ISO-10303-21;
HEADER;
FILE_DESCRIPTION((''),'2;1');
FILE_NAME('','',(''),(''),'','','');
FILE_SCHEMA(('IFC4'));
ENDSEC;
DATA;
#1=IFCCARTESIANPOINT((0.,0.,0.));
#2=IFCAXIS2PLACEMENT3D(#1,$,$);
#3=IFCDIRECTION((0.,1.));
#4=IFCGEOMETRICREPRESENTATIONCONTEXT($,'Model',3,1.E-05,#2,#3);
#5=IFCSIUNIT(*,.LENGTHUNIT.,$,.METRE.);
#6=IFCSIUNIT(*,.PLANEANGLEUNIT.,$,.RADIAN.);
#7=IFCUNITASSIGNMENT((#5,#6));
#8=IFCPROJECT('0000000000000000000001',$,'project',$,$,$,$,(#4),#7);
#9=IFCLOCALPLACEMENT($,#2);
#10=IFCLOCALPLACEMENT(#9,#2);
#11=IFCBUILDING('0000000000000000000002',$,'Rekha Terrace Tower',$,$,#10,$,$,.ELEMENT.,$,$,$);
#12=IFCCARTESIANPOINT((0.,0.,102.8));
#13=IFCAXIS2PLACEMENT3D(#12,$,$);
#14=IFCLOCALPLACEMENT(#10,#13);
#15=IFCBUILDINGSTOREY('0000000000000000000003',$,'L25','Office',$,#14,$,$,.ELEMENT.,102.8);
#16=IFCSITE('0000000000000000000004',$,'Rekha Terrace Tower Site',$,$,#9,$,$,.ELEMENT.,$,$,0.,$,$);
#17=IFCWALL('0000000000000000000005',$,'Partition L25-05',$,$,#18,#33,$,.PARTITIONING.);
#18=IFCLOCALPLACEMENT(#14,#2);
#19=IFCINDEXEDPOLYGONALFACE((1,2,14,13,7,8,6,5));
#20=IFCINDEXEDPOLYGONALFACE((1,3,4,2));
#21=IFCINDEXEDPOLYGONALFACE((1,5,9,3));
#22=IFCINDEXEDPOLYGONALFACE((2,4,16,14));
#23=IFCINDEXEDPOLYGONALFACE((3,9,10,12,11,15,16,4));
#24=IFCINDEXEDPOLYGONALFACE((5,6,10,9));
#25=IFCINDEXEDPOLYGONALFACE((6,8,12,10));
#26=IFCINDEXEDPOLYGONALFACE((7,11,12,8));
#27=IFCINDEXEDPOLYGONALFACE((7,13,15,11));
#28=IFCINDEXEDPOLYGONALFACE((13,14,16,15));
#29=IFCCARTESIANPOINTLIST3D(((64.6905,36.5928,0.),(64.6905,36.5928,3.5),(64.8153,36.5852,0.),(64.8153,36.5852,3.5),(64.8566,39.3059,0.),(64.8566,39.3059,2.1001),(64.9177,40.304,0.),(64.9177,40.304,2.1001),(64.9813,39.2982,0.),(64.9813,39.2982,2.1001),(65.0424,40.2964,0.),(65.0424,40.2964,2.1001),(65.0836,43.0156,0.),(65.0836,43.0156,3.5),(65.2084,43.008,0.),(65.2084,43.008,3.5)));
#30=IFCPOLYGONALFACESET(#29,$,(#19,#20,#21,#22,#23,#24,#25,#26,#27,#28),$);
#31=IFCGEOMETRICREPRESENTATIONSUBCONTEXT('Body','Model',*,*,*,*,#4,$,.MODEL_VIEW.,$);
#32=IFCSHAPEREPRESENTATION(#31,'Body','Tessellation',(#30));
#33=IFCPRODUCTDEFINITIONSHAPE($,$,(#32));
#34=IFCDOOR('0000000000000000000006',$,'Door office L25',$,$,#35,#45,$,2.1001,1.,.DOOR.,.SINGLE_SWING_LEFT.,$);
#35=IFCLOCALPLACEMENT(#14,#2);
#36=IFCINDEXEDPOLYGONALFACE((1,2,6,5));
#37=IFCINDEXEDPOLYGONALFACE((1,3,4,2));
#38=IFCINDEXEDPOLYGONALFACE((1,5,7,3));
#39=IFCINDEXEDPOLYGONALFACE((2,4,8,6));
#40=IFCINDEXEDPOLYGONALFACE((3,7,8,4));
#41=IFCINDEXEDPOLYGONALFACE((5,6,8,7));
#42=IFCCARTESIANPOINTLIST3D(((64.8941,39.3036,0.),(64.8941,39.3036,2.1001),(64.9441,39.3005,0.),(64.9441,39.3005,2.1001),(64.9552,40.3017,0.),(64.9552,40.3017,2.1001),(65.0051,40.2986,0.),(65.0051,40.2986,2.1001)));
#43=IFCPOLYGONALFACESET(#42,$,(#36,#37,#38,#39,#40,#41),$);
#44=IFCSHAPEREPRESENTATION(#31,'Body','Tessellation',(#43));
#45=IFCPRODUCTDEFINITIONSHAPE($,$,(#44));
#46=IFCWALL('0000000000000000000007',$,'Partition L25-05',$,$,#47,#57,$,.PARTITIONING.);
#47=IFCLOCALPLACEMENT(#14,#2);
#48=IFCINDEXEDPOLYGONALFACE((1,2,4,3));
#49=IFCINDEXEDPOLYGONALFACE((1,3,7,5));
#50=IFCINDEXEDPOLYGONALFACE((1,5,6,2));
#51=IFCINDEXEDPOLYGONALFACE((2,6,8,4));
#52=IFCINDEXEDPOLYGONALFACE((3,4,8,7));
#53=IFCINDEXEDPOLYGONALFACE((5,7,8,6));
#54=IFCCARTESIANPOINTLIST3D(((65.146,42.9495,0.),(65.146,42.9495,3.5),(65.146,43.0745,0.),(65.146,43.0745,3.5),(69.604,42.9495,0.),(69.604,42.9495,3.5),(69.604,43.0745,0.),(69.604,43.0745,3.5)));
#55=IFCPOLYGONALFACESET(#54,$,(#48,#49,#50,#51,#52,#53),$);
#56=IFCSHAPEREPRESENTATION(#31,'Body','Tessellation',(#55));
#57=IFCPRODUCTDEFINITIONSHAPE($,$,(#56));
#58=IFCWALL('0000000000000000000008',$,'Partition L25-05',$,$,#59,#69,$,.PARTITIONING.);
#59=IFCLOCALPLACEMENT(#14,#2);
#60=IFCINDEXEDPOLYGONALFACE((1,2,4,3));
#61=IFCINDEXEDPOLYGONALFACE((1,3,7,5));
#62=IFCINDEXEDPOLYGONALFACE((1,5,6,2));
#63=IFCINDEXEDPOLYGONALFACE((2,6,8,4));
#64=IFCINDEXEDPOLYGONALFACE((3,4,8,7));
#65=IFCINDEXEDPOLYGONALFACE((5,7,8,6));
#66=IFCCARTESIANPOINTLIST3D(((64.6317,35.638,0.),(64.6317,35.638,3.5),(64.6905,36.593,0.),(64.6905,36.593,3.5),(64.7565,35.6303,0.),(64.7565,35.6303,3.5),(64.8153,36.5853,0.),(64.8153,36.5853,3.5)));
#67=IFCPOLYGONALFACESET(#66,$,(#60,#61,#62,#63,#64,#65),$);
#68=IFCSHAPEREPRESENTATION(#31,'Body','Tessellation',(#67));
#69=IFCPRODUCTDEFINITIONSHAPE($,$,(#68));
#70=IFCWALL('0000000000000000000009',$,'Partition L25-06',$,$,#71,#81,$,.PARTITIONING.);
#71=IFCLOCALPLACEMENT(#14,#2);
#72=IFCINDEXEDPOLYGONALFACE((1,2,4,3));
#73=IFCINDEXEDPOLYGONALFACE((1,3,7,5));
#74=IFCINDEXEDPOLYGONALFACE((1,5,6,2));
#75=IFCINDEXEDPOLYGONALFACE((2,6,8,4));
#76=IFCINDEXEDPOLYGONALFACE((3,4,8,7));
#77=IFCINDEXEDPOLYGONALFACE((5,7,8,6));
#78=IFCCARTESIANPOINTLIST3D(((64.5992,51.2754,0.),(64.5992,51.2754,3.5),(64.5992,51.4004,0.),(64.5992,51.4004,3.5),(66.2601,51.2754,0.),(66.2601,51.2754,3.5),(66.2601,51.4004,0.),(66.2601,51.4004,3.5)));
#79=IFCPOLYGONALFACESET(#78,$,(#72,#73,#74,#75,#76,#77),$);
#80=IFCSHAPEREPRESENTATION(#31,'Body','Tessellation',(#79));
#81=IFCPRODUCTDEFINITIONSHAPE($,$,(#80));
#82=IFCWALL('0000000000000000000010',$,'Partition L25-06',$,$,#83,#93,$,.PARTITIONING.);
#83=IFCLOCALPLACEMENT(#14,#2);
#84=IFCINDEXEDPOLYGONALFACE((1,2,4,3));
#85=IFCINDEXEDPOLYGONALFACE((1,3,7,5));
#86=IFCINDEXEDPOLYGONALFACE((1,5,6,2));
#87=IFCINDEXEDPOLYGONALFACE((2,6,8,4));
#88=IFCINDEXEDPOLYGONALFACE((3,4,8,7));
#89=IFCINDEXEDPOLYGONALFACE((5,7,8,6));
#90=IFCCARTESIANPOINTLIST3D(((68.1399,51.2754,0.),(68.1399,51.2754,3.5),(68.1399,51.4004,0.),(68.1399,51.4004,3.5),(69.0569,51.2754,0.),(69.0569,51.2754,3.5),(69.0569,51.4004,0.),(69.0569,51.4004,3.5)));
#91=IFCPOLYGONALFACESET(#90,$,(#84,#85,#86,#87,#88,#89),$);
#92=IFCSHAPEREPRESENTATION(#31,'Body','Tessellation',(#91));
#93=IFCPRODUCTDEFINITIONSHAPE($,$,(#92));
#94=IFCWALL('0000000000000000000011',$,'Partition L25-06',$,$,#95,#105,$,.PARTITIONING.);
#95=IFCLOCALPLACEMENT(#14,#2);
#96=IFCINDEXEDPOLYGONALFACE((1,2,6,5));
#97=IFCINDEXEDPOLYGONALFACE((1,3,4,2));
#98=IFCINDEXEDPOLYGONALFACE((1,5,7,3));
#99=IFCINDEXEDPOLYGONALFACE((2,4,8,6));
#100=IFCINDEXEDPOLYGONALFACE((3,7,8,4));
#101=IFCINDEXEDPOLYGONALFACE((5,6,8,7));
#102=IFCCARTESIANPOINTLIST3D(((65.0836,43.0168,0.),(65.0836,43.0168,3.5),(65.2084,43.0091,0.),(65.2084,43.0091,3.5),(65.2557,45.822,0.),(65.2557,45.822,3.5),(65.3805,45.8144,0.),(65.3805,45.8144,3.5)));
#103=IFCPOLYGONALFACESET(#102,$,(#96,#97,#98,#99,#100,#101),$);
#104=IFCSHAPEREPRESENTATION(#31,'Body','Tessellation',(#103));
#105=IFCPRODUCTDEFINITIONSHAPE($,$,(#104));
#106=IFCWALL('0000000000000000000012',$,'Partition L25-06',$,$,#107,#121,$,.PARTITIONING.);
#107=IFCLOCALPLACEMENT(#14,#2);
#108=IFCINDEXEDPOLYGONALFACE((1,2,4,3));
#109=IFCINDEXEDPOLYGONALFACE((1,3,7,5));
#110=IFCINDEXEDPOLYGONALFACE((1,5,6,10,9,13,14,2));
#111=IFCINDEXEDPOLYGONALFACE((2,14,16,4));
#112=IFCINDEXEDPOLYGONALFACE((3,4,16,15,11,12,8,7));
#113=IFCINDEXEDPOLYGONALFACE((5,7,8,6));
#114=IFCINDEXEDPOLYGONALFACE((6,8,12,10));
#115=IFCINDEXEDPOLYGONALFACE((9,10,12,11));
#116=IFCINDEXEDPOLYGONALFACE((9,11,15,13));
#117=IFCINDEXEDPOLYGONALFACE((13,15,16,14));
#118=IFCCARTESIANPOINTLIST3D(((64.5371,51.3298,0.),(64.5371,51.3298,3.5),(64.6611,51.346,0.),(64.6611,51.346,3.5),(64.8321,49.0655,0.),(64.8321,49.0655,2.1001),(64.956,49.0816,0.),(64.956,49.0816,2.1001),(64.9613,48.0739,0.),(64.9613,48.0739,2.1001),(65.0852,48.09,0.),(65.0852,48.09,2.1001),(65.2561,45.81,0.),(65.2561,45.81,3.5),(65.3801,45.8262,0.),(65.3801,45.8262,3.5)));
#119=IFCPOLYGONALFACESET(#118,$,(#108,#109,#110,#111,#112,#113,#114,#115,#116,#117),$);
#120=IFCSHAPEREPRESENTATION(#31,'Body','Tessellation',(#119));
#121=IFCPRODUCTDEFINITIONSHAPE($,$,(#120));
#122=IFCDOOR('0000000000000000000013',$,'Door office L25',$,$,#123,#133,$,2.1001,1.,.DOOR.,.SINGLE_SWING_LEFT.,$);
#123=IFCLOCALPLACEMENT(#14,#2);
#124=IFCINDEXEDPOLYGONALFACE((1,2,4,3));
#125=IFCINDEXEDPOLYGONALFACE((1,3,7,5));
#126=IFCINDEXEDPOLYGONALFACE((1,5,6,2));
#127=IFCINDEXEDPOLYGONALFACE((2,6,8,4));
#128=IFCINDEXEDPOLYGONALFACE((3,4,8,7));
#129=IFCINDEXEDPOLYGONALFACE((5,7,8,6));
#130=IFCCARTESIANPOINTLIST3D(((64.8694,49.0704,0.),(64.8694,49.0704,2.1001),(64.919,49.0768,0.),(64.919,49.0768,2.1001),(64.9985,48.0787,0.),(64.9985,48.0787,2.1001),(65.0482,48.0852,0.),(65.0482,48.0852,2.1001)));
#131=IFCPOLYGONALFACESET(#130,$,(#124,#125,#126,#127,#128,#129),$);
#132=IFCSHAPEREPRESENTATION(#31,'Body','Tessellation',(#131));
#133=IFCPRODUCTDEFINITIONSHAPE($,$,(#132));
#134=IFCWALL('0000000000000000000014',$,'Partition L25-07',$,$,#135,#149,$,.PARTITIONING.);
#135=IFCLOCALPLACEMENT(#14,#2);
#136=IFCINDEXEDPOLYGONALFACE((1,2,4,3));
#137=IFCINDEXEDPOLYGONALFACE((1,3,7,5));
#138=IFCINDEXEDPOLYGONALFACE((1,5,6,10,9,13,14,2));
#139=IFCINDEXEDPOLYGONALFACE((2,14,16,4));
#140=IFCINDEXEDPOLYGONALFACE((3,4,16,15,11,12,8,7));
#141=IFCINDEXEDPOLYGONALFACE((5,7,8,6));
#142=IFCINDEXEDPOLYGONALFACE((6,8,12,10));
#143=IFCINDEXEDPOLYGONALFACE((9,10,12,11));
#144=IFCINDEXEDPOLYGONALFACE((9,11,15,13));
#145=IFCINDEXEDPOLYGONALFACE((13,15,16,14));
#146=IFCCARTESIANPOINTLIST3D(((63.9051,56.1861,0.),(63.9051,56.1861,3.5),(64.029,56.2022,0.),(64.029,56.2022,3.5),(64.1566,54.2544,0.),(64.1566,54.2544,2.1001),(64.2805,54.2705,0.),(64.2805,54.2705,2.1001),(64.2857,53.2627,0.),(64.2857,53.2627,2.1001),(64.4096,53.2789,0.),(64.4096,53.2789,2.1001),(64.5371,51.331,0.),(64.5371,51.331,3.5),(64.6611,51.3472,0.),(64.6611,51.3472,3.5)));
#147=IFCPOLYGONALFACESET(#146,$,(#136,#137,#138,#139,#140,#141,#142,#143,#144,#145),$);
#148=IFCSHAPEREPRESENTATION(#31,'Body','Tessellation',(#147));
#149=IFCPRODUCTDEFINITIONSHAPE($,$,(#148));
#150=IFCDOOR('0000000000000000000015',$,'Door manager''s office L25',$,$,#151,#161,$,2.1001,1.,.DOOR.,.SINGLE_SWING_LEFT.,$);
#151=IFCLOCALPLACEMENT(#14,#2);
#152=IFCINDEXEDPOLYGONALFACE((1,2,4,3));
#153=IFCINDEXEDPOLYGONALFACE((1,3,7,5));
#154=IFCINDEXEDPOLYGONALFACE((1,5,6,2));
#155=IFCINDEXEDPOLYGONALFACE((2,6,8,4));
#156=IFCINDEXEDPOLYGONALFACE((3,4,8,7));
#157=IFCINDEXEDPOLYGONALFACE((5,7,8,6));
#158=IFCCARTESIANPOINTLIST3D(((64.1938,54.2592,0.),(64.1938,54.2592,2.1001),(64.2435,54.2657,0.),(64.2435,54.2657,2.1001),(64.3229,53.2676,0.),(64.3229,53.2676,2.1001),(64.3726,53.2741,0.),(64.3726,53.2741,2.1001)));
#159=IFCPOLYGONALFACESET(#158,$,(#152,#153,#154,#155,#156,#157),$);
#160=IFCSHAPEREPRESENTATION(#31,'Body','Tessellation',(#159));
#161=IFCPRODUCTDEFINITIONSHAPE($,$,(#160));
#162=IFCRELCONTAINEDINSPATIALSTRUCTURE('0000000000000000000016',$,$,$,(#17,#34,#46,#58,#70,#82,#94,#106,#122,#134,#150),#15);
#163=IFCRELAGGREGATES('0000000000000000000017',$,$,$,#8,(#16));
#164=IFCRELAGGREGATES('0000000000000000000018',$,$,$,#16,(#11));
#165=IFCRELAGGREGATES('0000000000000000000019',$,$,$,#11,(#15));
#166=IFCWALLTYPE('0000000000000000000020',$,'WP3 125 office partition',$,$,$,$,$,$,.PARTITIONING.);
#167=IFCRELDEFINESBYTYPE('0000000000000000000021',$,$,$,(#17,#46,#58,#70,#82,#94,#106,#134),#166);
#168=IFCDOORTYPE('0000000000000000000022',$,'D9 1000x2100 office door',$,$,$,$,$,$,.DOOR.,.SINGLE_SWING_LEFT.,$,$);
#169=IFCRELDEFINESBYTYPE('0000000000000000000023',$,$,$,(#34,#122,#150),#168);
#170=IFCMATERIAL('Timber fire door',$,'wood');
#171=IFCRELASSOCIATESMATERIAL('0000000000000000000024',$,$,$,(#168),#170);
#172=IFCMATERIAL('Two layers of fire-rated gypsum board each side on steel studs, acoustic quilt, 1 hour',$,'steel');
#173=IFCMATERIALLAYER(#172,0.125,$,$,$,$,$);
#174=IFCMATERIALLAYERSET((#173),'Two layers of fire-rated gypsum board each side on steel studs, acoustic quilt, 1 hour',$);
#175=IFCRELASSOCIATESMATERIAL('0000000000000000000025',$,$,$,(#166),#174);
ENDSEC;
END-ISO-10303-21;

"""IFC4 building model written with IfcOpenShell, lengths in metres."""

from ifc_helpers import new_model, si_unit, direction, frame, frame_2d, origin, place, context, subcontext, project, spatial, rectangle, extrude, material, layer, layer_set, type_object, element, fill, save


model = new_model("IFC4")

# Units and contexts
model_context = context("Model", 3, precision=1e-05, world=origin(), true_north=direction((0.0, 1.0)))
body_context = subcontext(model_context, "Body", "Model", "MODEL_VIEW")
ifc_project = project(units=[si_unit("LENGTHUNIT", "METRE"), si_unit("PLANEANGLEUNIT", "RADIAN")], contexts=[model_context])

# Site, building, storey
site_placement = place(None, origin())
site = spatial("IfcSite", under=ifc_project, at=site_placement, Name="Rekha Terrace Tower Site", CompositionType="ELEMENT", RefElevation=0.0)
building_placement = place(site_placement, origin())
building = spatial("IfcBuilding", under=site, at=building_placement, Name="Rekha Terrace Tower", CompositionType="ELEMENT")
storey_placement = place(building_placement, frame((0.0, 0.0, 102.8)))
storey = spatial("IfcBuildingStorey", under=building, at=storey_placement, Name="L25", Description="Office", CompositionType="ELEMENT", Elevation=102.8)

# Wall, opening, door
ifc_material_1 = material(Name="Timber fire door", Category="wood")
door_type = type_object("IfcDoorType", Name="D9 1000x2100 office door", OperationType="SINGLE_SWING_LEFT", PredefinedType="DOOR", material=ifc_material_1)
ifc_material_2 = material(Name="Two layers of fire-rated gypsum board each side on steel studs, acoustic quilt, 1 hour", Category="steel")
ifc_layer_1 = layer(ifc_material_2, 0.125)
ifc_layer_set_1 = layer_set([ifc_layer_1], Name="Two layers of fire-rated gypsum board each side on steel studs, acoustic quilt, 1 hour")
wall_type_1 = type_object("IfcWallType", Name="WP3 125 office partition", PredefinedType="PARTITIONING", material=ifc_layer_set_1)
wall_1_placement = place(storey_placement, frame((64.7529, 36.5891, 0.0), z_axis=(0.0, 0.0, 1.0), x_axis=(0.061084, 0.998133, 0.0)))
wall_1 = element("IfcWall", 1, at=wall_1_placement, inside=storey, type_object=wall_type_1, Name="Partition L25-05", PredefinedType="PARTITIONING", context=body_context, shape_type="SweptSolid", body=[
    extrude(rectangle(XDim=6.4348, YDim=0.125, at=frame_2d((3.2173, 0.0))), origin(), (0.0, 0.0, 1.0), 3.5),
])
opening_1_placement = place(wall_1_placement, frame((2.718, 0.0, 0.0)))
opening_1 = element("IfcOpeningElement", 2, at=opening_1_placement, cuts=wall_1, PredefinedType="OPENING", context=body_context, shape_type="SweptSolid", body=[
    extrude(rectangle(XDim=1.0, YDim=2.1001, at=frame_2d((0.5, 1.05))), frame((0.0, 0.0725, 0.0), z_axis=(0.0, -1.0, 0.0), x_axis=(1.0, 0.0, 0.0)), (0.0, 0.0, 1.0), 0.145),
])
door_1_placement = place(opening_1_placement, origin())
door_1 = element("IfcDoor", 3, at=door_1_placement, inside=storey, type_object=door_type, Name="Door office L25", OperationType="SINGLE_SWING_LEFT", OverallHeight=2.1001, OverallWidth=1.0, PredefinedType="DOOR", context=body_context, shape_type="SweptSolid", body=[
    extrude(rectangle(XDim=1.0, YDim=2.1001, at=frame_2d((0.5, 1.05))), frame((0.0, 0.0249, 0.0), z_axis=(0.0, -1.0, 0.0), x_axis=(1.0, 0.0, 0.0)), (0.0, 0.0, 1.0), 0.05),
])
fill(opening_1, door_1)

# Walls
wall_2_placement = place(storey_placement, frame((65.146, 43.012, 0.0), z_axis=(0.0, 0.0, 1.0), x_axis=(1.0, 0.0, 0.0)))
element("IfcWall", 4, at=wall_2_placement, inside=storey, type_object=wall_type_1, Name="Partition L25-05", PredefinedType="PARTITIONING", context=body_context, shape_type="SweptSolid", body=[
    extrude(rectangle(XDim=4.458, YDim=0.125, at=frame_2d((2.229, 0.0))), origin(), (0.0, 0.0, 1.0), 3.5),
])
wall_3_placement = place(storey_placement, frame((64.6941, 35.634, 0.0), z_axis=(0.0, 0.0, 1.0), x_axis=(0.061489, 0.998108, 0.0)))
element("IfcWall", 5, at=wall_3_placement, inside=storey, type_object=wall_type_1, Name="Partition L25-05", PredefinedType="PARTITIONING", context=body_context, shape_type="SweptSolid", body=[
    extrude(rectangle(XDim=0.9568, YDim=0.125, at=frame_2d((0.4785, 0.0))), origin(), (0.0, 0.0, 1.0), 3.5),
])
wall_4_placement = place(storey_placement, frame((64.5991, 51.3379, 0.0), z_axis=(0.0, 0.0, 1.0), x_axis=(1.0, 0.0, 0.0)))
element("IfcWall", 6, at=wall_4_placement, inside=storey, type_object=wall_type_1, Name="Partition L25-06", PredefinedType="PARTITIONING", context=body_context, shape_type="SweptSolid", body=[
    extrude(rectangle(XDim=1.6609, YDim=0.125, at=frame_2d((0.8306, 0.0))), origin(), (0.0, 0.0, 1.0), 3.5),
])
wall_5_placement = place(storey_placement, frame((68.1399, 51.3379, 0.0), z_axis=(0.0, 0.0, 1.0), x_axis=(1.0, 0.0, 0.0)))
element("IfcWall", 7, at=wall_5_placement, inside=storey, type_object=wall_type_1, Name="Partition L25-06", PredefinedType="PARTITIONING", context=body_context, shape_type="SweptSolid", body=[
    extrude(rectangle(XDim=0.917, YDim=0.125, at=frame_2d((0.4585, 0.0))), origin(), (0.0, 0.0, 1.0), 3.5),
])
wall_6_placement = place(storey_placement, frame((65.146, 43.0129, 0.0), z_axis=(0.0, 0.0, 1.0), x_axis=(0.061243, 0.998123, 0.0)))
element("IfcWall", 8, at=wall_6_placement, inside=storey, type_object=wall_type_1, Name="Partition L25-06", PredefinedType="PARTITIONING", context=body_context, shape_type="SweptSolid", body=[
    extrude(rectangle(XDim=2.8105, YDim=0.125, at=frame_2d((1.4053, 0.0))), origin(), (0.0, 0.0, 1.0), 3.5),
])

# Walls, openings, doors
wall_7_placement = place(storey_placement, frame((65.3181, 45.8181, 0.0), z_axis=(0.0, 0.0, 1.0), x_axis=(-0.129167, 0.991623, 0.0)))
wall_7 = element("IfcWall", 9, at=wall_7_placement, inside=storey, type_object=wall_type_1, Name="Partition L25-06", PredefinedType="PARTITIONING", context=body_context, shape_type="SweptSolid", body=[
    extrude(rectangle(XDim=5.5664, YDim=0.125, at=frame_2d((2.7832, 0.0))), origin(), (0.0, 0.0, 1.0), 3.5),
])
opening_2_placement = place(wall_7_placement, frame((2.283, 0.0, 0.0)))
opening_2 = element("IfcOpeningElement", 10, at=opening_2_placement, cuts=wall_7, PredefinedType="OPENING", context=body_context, shape_type="SweptSolid", body=[
    extrude(rectangle(XDim=1.0, YDim=2.1001, at=frame_2d((0.5, 1.05))), frame((0.0, 0.0725, 0.0), z_axis=(0.0, -1.0, 0.0), x_axis=(1.0, 0.0, 0.0)), (0.0, 0.0, 1.0), 0.145),
])
door_2_placement = place(opening_2_placement, origin())
door_2 = element("IfcDoor", 11, at=door_2_placement, inside=storey, type_object=door_type, Name="Door office L25", OperationType="SINGLE_SWING_LEFT", OverallHeight=2.1001, OverallWidth=1.0, PredefinedType="DOOR", context=body_context, shape_type="SweptSolid", body=[
    extrude(rectangle(XDim=1.0, YDim=2.1001, at=frame_2d((0.5, 1.05))), frame((0.0, 0.0249, 0.0), z_axis=(0.0, -1.0, 0.0), x_axis=(1.0, 0.0, 0.0)), (0.0, 0.0, 1.0), 0.05),
])
fill(opening_2, door_2)
wall_8_placement = place(storey_placement, frame((64.5991, 51.3391, 0.0), z_axis=(0.0, 0.0, 1.0), x_axis=(-0.129103, 0.991631, 0.0)))
wall_8 = element("IfcWall", 12, at=wall_8_placement, inside=storey, type_object=wall_type_1, Name="Partition L25-07", PredefinedType="PARTITIONING", context=body_context, shape_type="SweptSolid", body=[
    extrude(rectangle(XDim=4.896, YDim=0.125, at=frame_2d((2.448, 0.0))), origin(), (0.0, 0.0, 1.0), 3.5),
])
opening_3_placement = place(wall_8_placement, frame((1.948, 0.0, 0.0)))
opening_3 = element("IfcOpeningElement", 13, at=opening_3_placement, cuts=wall_8, PredefinedType="OPENING", context=body_context, shape_type="SweptSolid", body=[
    extrude(rectangle(XDim=1.0, YDim=2.1001, at=frame_2d((0.5, 1.05))), frame((0.0, 0.0725, 0.0), z_axis=(0.0, -1.0, 0.0), x_axis=(1.0, 0.0, 0.0)), (0.0, 0.0, 1.0), 0.145),
])
door_3_placement = place(opening_3_placement, origin())
door_3 = element("IfcDoor", 14, at=door_3_placement, inside=storey, type_object=door_type, Name="Door manager's office L25", OperationType="SINGLE_SWING_LEFT", OverallHeight=2.1001, OverallWidth=1.0, PredefinedType="DOOR", context=body_context, shape_type="SweptSolid", body=[
    extrude(rectangle(XDim=1.0, YDim=2.1001, at=frame_2d((0.5, 1.05))), frame((0.0, 0.0249, 0.0), z_axis=(0.0, -1.0, 0.0), x_axis=(1.0, 0.0, 0.0)), (0.0, 0.0, 1.0), 0.05),
])
fill(opening_3, door_3)

save(model, "model.ifc")
